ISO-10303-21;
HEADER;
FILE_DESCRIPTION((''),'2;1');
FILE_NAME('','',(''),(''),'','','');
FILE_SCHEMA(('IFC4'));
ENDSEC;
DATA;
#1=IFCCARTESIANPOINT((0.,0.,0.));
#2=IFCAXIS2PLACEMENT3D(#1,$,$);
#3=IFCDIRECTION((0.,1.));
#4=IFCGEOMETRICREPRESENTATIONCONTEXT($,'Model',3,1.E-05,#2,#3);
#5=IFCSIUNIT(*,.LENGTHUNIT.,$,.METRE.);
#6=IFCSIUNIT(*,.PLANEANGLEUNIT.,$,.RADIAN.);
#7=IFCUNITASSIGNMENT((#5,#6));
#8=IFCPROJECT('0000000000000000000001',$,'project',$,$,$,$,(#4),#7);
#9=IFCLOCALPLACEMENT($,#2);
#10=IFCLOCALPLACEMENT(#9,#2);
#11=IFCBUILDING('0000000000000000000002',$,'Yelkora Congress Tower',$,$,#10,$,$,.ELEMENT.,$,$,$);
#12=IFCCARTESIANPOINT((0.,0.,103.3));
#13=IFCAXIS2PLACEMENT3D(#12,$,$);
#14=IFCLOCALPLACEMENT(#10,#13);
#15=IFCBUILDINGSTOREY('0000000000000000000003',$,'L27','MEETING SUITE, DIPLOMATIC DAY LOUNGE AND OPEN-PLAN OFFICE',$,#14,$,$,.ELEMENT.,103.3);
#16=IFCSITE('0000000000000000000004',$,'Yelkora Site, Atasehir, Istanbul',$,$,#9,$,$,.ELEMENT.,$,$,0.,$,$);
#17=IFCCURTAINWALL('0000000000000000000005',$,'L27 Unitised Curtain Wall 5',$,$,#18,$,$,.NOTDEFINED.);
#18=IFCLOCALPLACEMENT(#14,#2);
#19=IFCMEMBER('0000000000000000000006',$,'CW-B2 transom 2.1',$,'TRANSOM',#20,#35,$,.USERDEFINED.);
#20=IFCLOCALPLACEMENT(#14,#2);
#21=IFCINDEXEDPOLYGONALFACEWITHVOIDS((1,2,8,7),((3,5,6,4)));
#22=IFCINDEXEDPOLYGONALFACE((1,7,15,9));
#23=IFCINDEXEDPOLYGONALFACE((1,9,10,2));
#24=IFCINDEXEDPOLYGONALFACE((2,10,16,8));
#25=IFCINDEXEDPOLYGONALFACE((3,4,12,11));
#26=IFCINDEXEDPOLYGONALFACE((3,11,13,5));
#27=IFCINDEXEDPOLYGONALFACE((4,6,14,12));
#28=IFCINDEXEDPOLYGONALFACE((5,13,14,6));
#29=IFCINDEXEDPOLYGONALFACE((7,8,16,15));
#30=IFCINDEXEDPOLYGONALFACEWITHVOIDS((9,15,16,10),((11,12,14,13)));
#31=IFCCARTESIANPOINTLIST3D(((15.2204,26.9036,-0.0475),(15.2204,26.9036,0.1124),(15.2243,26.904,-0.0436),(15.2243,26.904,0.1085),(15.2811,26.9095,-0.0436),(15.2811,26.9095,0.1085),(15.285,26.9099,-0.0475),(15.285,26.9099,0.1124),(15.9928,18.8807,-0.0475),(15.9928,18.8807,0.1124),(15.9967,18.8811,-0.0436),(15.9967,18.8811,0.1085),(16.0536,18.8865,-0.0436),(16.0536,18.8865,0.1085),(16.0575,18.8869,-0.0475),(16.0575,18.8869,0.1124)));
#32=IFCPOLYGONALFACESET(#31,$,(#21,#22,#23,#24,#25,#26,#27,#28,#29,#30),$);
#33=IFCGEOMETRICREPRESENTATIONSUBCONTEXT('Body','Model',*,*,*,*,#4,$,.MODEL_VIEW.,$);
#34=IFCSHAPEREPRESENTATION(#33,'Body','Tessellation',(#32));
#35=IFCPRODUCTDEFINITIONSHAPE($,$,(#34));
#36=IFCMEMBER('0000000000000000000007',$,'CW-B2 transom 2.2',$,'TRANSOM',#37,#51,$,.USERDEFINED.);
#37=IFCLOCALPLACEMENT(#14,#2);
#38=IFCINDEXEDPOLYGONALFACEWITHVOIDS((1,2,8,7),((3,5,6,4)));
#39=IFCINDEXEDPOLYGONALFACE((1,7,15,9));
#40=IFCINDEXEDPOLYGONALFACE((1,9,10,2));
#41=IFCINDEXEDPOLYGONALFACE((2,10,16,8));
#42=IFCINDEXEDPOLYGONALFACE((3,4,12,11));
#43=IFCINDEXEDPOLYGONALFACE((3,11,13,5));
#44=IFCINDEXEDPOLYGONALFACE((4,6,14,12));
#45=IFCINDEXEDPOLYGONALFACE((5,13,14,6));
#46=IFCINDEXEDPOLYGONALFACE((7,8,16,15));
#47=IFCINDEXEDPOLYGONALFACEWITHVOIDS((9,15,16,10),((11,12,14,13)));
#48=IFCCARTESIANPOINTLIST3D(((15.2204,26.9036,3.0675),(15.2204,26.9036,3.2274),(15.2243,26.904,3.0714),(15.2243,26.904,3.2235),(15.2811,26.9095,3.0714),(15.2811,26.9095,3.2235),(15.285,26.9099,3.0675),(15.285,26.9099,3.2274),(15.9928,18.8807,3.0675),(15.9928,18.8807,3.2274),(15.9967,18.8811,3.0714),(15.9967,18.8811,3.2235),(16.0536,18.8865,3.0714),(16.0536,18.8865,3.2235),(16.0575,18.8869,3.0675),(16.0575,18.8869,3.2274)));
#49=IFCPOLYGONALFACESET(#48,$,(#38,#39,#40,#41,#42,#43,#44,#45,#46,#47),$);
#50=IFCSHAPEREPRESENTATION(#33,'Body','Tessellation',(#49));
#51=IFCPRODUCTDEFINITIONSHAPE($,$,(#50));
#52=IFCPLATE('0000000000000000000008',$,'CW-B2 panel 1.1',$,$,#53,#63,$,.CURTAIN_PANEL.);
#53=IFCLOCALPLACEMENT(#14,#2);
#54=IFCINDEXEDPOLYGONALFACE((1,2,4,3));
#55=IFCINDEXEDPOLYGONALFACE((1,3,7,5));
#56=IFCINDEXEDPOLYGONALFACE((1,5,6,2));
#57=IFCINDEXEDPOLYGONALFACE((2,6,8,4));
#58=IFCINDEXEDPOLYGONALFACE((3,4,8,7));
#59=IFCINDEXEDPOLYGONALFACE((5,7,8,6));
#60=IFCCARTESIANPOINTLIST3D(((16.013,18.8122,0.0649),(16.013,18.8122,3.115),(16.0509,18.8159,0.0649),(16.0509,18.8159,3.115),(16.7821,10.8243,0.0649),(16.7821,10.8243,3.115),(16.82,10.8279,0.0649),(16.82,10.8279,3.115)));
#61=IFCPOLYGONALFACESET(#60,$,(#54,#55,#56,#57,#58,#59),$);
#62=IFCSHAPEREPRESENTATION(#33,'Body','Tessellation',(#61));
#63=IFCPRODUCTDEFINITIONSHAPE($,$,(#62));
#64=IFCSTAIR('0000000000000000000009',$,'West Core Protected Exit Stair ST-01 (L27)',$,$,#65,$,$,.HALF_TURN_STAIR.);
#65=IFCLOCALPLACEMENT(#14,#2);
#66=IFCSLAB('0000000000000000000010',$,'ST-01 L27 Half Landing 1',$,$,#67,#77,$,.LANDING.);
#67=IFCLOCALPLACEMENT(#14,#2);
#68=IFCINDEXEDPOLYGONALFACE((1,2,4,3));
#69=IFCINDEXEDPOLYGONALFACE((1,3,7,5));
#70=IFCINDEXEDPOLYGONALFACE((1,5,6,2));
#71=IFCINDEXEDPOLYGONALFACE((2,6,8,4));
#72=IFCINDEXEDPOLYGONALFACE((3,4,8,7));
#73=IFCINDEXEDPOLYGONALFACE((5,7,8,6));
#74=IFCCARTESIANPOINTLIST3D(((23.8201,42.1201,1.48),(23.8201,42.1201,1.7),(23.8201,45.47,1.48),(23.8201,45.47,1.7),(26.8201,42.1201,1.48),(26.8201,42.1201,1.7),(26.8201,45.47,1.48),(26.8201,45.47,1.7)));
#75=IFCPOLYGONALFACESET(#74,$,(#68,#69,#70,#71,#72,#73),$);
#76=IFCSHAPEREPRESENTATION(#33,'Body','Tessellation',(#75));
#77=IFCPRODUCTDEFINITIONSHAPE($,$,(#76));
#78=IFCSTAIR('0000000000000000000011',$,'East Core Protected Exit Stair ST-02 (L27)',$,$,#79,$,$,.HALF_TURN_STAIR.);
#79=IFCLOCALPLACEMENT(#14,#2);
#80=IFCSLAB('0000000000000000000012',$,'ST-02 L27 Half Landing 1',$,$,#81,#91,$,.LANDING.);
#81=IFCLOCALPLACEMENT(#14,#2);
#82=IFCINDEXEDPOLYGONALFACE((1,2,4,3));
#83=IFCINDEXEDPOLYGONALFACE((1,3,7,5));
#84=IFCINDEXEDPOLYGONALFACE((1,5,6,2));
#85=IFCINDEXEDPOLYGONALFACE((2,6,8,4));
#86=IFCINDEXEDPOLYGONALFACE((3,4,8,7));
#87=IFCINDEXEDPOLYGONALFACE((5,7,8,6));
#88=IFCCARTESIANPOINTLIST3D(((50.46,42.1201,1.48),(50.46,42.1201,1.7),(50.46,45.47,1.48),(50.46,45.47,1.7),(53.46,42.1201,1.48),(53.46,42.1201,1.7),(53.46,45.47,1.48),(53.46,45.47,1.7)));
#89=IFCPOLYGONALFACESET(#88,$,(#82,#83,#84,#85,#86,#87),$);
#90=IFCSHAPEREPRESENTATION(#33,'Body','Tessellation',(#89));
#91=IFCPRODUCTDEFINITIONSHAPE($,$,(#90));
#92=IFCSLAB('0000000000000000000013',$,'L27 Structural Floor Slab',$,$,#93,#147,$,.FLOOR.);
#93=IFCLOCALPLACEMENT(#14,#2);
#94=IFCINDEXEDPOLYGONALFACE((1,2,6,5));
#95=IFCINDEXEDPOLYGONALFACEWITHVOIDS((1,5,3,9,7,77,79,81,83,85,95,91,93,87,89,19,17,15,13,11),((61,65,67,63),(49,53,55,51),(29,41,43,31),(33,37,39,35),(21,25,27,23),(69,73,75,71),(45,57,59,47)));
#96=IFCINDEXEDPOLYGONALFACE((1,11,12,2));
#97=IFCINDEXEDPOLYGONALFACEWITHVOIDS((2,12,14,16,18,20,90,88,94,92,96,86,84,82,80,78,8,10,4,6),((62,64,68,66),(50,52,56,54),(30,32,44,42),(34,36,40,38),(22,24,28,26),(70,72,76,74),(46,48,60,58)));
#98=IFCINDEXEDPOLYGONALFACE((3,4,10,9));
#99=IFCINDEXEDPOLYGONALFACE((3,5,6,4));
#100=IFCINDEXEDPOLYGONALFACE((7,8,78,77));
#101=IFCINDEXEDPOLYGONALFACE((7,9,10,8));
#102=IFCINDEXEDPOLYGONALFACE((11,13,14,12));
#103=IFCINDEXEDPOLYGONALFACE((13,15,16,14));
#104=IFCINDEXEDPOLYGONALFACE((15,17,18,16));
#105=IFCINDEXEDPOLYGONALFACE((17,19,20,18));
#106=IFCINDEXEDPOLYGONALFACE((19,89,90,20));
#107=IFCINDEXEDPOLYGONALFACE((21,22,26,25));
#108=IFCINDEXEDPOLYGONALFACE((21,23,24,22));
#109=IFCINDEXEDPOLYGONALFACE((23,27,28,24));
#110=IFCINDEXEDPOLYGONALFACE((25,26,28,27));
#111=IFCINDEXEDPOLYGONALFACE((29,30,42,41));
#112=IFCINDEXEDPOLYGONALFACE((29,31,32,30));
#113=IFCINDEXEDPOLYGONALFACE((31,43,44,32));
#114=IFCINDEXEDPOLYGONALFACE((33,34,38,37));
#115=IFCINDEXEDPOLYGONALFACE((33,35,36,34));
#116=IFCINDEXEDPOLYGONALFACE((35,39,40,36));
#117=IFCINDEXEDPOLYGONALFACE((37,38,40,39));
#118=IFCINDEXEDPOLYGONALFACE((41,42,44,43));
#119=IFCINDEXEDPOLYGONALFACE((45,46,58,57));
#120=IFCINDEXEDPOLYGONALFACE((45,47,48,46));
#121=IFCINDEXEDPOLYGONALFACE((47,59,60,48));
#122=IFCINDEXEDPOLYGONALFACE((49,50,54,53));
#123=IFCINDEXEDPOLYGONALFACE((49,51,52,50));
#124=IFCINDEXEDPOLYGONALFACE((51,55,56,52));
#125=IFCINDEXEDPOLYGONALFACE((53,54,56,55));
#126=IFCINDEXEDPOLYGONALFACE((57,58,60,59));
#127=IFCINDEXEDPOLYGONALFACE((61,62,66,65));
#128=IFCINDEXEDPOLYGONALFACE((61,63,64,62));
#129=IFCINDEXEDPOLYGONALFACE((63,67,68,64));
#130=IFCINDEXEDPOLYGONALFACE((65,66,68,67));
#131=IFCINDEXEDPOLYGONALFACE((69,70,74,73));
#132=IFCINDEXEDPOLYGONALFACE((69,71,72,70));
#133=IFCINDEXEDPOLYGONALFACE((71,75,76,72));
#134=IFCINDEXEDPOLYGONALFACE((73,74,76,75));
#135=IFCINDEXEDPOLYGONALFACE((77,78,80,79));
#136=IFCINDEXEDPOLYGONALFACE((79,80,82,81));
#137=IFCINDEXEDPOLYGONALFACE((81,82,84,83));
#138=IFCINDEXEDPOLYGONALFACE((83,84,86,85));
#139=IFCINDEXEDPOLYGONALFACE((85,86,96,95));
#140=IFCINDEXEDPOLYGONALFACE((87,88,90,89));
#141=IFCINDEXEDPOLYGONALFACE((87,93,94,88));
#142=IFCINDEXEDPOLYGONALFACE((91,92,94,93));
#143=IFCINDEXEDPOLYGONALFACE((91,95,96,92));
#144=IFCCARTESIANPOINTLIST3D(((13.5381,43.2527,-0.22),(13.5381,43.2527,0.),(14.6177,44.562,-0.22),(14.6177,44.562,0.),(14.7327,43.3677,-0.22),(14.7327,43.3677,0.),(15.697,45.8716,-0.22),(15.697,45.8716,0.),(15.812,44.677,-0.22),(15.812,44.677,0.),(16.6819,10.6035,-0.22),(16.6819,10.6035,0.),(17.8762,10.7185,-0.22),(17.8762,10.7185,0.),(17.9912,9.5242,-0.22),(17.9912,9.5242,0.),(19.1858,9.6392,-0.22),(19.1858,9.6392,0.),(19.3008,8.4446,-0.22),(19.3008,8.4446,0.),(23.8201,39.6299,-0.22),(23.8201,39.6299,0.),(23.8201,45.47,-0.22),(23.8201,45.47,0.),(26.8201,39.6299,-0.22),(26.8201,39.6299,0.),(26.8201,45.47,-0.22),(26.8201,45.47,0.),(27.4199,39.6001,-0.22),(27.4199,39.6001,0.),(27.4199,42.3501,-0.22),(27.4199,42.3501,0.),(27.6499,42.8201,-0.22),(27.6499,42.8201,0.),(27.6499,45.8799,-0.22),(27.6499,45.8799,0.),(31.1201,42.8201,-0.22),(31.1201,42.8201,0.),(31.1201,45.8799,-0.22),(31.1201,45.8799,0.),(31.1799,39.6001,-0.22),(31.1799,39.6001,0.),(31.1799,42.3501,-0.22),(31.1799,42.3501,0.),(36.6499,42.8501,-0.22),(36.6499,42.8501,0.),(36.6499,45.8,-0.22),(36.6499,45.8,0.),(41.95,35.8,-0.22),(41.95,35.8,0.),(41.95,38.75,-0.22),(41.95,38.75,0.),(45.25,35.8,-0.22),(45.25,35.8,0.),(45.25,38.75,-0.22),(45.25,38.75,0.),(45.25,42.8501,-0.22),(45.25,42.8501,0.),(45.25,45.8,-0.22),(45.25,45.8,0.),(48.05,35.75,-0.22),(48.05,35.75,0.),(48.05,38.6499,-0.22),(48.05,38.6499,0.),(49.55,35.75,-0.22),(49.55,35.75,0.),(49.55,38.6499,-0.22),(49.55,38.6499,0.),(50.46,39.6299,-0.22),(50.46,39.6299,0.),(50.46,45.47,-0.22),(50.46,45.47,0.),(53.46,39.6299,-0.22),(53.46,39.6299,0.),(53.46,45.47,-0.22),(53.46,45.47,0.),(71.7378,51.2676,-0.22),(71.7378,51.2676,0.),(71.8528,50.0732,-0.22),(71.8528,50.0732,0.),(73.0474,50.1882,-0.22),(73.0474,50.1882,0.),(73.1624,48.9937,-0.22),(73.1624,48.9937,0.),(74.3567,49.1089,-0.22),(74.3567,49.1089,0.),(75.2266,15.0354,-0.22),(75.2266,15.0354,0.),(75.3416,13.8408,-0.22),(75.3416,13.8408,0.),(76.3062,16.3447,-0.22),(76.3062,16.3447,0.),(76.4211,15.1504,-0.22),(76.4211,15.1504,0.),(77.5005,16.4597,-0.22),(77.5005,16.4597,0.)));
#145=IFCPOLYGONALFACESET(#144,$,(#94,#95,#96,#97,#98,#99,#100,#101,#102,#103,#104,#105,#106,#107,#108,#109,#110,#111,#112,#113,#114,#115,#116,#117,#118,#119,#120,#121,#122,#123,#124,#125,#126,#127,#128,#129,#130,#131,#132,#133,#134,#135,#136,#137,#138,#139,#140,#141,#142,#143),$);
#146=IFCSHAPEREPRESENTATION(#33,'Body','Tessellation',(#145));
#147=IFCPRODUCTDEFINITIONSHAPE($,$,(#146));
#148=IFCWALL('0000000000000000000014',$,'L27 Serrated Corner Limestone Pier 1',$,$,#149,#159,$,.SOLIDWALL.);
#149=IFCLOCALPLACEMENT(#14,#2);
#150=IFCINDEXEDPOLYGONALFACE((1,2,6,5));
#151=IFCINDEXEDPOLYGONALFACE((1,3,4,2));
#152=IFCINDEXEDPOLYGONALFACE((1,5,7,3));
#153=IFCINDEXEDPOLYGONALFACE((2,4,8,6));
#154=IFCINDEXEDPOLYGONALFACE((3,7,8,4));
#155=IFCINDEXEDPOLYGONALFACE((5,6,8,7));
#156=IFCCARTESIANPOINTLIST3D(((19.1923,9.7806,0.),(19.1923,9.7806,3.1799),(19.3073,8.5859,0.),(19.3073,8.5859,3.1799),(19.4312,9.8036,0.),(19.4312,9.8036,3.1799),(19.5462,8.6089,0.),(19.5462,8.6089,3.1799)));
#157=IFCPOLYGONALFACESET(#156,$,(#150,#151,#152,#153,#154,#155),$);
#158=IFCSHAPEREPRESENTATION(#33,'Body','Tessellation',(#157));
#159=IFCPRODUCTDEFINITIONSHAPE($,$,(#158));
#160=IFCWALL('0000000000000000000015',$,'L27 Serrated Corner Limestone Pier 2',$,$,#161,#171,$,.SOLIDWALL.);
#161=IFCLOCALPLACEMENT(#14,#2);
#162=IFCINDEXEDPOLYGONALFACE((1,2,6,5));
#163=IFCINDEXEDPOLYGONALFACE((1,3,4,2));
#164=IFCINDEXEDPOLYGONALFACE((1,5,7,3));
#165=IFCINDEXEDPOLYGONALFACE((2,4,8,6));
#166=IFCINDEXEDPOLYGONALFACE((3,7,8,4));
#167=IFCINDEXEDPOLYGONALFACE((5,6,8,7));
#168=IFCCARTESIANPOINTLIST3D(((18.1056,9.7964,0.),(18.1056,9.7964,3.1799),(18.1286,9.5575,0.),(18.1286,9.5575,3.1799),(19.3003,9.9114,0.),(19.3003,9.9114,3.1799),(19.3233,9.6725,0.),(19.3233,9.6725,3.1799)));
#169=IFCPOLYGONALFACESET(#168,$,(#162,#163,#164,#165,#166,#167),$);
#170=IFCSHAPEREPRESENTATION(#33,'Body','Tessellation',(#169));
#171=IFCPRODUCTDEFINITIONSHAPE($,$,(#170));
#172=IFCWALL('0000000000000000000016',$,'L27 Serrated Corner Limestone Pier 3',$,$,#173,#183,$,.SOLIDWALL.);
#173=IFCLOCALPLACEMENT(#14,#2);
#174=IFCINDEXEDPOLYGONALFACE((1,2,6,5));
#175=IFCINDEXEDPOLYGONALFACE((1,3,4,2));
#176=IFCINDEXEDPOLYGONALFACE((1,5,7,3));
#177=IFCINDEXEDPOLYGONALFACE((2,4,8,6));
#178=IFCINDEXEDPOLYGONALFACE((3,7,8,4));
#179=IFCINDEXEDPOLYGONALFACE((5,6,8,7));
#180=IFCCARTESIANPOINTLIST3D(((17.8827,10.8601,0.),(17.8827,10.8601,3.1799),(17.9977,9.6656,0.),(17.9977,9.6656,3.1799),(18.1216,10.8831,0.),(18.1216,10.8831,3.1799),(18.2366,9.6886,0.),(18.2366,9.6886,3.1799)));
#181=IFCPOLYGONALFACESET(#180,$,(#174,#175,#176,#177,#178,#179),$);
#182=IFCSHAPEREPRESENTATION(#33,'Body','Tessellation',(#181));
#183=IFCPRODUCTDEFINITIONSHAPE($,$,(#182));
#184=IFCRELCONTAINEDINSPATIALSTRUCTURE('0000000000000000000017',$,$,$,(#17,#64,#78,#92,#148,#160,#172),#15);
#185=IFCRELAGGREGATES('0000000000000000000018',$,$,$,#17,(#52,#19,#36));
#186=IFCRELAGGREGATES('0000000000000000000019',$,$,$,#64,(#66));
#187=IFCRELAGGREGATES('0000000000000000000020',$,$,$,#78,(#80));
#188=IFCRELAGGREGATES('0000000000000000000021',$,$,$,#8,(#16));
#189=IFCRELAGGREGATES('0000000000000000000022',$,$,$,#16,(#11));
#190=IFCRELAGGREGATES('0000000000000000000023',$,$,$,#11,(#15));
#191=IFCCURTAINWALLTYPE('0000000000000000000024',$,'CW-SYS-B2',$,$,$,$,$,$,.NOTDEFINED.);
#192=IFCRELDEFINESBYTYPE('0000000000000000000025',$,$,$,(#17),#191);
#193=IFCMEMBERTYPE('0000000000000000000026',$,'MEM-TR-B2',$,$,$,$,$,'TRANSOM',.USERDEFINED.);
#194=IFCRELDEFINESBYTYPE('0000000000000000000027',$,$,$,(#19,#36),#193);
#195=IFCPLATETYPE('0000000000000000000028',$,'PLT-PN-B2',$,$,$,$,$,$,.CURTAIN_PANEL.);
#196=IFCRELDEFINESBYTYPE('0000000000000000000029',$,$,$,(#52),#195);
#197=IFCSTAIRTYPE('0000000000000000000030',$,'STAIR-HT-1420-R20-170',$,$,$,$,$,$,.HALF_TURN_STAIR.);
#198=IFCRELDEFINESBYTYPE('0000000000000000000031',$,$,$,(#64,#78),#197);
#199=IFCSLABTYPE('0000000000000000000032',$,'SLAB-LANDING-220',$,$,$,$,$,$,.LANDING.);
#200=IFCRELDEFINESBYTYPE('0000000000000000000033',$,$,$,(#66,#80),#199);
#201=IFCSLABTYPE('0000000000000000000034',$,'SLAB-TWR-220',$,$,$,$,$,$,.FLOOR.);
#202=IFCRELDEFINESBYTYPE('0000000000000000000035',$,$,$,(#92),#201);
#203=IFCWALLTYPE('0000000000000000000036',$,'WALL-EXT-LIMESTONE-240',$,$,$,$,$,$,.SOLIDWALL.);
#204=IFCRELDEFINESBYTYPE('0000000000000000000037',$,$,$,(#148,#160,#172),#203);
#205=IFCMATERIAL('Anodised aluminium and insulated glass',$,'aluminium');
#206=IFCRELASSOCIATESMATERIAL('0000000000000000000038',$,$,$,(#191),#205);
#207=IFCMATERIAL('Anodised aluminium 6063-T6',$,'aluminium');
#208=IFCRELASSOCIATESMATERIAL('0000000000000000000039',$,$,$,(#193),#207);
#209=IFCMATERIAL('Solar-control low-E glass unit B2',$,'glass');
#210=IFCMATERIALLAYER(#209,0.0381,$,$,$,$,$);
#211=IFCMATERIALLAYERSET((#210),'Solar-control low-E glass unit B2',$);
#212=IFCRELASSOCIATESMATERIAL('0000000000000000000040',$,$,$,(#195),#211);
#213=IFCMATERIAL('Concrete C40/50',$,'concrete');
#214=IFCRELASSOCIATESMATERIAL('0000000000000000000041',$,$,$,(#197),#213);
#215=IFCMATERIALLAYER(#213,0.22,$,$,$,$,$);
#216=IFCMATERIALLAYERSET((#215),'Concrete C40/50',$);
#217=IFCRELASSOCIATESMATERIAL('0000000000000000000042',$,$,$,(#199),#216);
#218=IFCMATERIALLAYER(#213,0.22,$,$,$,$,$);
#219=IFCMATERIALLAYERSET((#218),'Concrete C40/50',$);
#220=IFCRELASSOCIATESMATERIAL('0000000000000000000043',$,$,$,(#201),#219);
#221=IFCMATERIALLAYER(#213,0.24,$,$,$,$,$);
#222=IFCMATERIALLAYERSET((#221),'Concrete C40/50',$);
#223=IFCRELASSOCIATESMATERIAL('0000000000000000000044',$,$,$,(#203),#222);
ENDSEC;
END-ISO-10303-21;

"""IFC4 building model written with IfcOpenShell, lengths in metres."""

from ifc_helpers import new_model, si_unit, direction, frame, frame_2d, origin, origin_2d, place, context, subcontext, project, spatial, polyline, rectangle, hollow_rectangle, outline, extrude, material, layer, layer_set, material_profile, profile_set, type_object, element, aggregate, save


model = new_model("IFC4")

# Units and contexts
model_context = context("Model", 3, precision=1e-05, world=origin(), true_north=direction((0.0, 1.0)))
body_context = subcontext(model_context, "Body", "Model", "MODEL_VIEW")
ifc_project = project(units=[si_unit("LENGTHUNIT", "METRE"), si_unit("PLANEANGLEUNIT", "RADIAN")], contexts=[model_context])

# Site, building, storey
site_placement = place(None, origin())
site = spatial("IfcSite", under=ifc_project, at=site_placement, Name="Yelkora Site, Atasehir, Istanbul", CompositionType="ELEMENT", RefElevation=0.0)
building_placement = place(site_placement, origin())
building = spatial("IfcBuilding", under=site, at=building_placement, Name="Yelkora Congress Tower", CompositionType="ELEMENT")
storey_placement = place(building_placement, frame((0.0, 0.0, 103.3)))
storey = spatial("IfcBuildingStorey", under=building, at=storey_placement, Name="L27", Description="MEETING SUITE, DIPLOMATIC DAY LOUNGE AND OPEN-PLAN OFFICE", CompositionType="ELEMENT", Elevation=103.3)

# Curtain wall
ifc_material_1 = material(Name="Anodised aluminium and insulated glass", Category="aluminium")
curtain_wall_type = type_object("IfcCurtainWallType", Name="CW-SYS-B2", PredefinedType="NOTDEFINED", material=ifc_material_1)
curtain_wall_1_placement = place(storey_placement, origin())
curtain_wall_1 = element("IfcCurtainWall", 1, at=curtain_wall_1_placement, inside=storey, type_object=curtain_wall_type, Name="L27 Unitised Curtain Wall 5", PredefinedType="NOTDEFINED")
ifc_material_2 = material(Name="Anodised aluminium 6063-T6", Category="aluminium")

# Members
ifc_material_profile_1 = material_profile(ifc_material_2, hollow_rectangle(XDim=0.0649, YDim=0.1599, WallThickness=0.0039, at=origin_2d()), Name="ALU 65x160x4")
ifc_profile_set_1 = profile_set([ifc_material_profile_1], Name="Anodised aluminium 6063-T6")
member_type_1 = type_object("IfcMemberType", Name="MEM-TR-B2", ElementType="TRANSOM", PredefinedType="USERDEFINED", material=ifc_profile_set_1)
member_1_placement = place(storey_placement, frame((16.0251, 18.8838, 0.0325), z_axis=(-0.095838, 0.995397, 0.0), x_axis=(-0.995397, -0.095838, 0.0)))
member_1 = element("IfcMember", 2, at=member_1_placement, type_object=member_type_1, Name="CW-B2 transom 2.1", ObjectType="TRANSOM", PredefinedType="USERDEFINED", context=body_context, shape_type="SweptSolid", body=[
    extrude(hollow_rectangle(XDim=0.0649, YDim=0.1599, WallThickness=0.0039, at=origin_2d()), origin(), (0.0, 0.0, 1.0), 8.0601),
])
member_2_placement = place(storey_placement, frame((16.0251, 18.8838, 3.1475), z_axis=(-0.095838, 0.995397, 0.0), x_axis=(-0.995397, -0.095838, 0.0)))
member_2 = element("IfcMember", 3, at=member_2_placement, type_object=member_type_1, Name="CW-B2 transom 2.2", ObjectType="TRANSOM", PredefinedType="USERDEFINED", context=body_context, shape_type="SweptSolid", body=[
    extrude(hollow_rectangle(XDim=0.0649, YDim=0.1599, WallThickness=0.0039, at=origin_2d()), origin(), (0.0, 0.0, 1.0), 8.0601),
])

# Plate
ifc_material_3 = material(Name="Solar-control low-E glass unit B2", Category="glass")
ifc_layer_1 = layer(ifc_material_3, 0.0381)
ifc_layer_set_1 = layer_set([ifc_layer_1], Name="Solar-control low-E glass unit B2")
plate_type = type_object("IfcPlateType", Name="PLT-PN-B2", PredefinedType="CURTAIN_PANEL", material=ifc_layer_set_1)
plate_placement = place(storey_placement, frame((16.4165, 14.8201, 0.0649), z_axis=(0.0, 0.0, 1.0), x_axis=(-0.095843, 0.995397, 0.0)))
plate = element("IfcPlate", 4, at=plate_placement, type_object=plate_type, Name="CW-B2 panel 1.1", PredefinedType="CURTAIN_PANEL", context=body_context, shape_type="SweptSolid", body=[
    extrude(rectangle(XDim=8.0249, YDim=0.0381, at=origin_2d()), origin(), (0.0, 0.0, 1.0), 3.05),
])
aggregate(curtain_wall_1, [plate, member_1, member_2])

# Stairs, slabs
ifc_material_4 = material(Name="Concrete C40/50", Category="concrete")
stair_type = type_object("IfcStairType", Name="STAIR-HT-1420-R20-170", PredefinedType="HALF_TURN_STAIR", material=ifc_material_4)
stair_1_placement = place(storey_placement, origin())
stair_1 = element("IfcStair", 5, at=stair_1_placement, inside=storey, type_object=stair_type, Name="West Core Protected Exit Stair ST-01 (L27)", PredefinedType="HALF_TURN_STAIR")
ifc_layer_2 = layer(ifc_material_4, 0.22)
ifc_layer_set_2 = layer_set([ifc_layer_2], Name="Concrete C40/50")
slab_type_1 = type_object("IfcSlabType", Name="SLAB-LANDING-220", PredefinedType="LANDING", material=ifc_layer_set_2)
slab_1_placement = place(storey_placement, frame((0.0, 0.0, 1.48)))
slab_1 = element("IfcSlab", 6, at=slab_1_placement, type_object=slab_type_1, Name="ST-01 L27 Half Landing 1", PredefinedType="LANDING", context=body_context, shape_type="SweptSolid", body=[
    extrude(outline(polyline([(26.8201, 42.1201), (26.8201, 45.47), (23.8201, 45.47), (23.8201, 42.1201), (26.8201, 42.1201)])), origin(), (0.0, 0.0, 1.0), 0.22),
])
aggregate(stair_1, [slab_1])
stair_2_placement = place(storey_placement, origin())
stair_2 = element("IfcStair", 7, at=stair_2_placement, inside=storey, type_object=stair_type, Name="East Core Protected Exit Stair ST-02 (L27)", PredefinedType="HALF_TURN_STAIR")
slab_2_placement = place(storey_placement, frame((0.0, 0.0, 1.48)))
slab_2 = element("IfcSlab", 8, at=slab_2_placement, type_object=slab_type_1, Name="ST-02 L27 Half Landing 1", PredefinedType="LANDING", context=body_context, shape_type="SweptSolid", body=[
    extrude(outline(polyline([(53.46, 42.1201), (53.46, 45.47), (50.46, 45.47), (50.46, 42.1201), (53.46, 42.1201)])), origin(), (0.0, 0.0, 1.0), 0.22),
])
aggregate(stair_2, [slab_2])

# Slab
ifc_layer_3 = layer(ifc_material_4, 0.22)
ifc_layer_set_3 = layer_set([ifc_layer_3], Name="Concrete C40/50")
slab_type_2 = type_object("IfcSlabType", Name="SLAB-TWR-220", PredefinedType="FLOOR", material=ifc_layer_set_3)
slab_3_placement = place(storey_placement, frame((0.0, 0.0, -0.22)))
element("IfcSlab", 9, at=slab_3_placement, inside=storey, type_object=slab_type_2, Name="L27 Structural Floor Slab", PredefinedType="FLOOR", context=body_context, shape_type="SweptSolid", body=[
    extrude(outline(polyline([(19.3008, 8.4446), (75.3416, 13.8408), (75.2266, 15.0354), (76.4211, 15.1504), (76.3062, 16.3447), (77.5005, 16.4597), (74.3567, 49.1089), (73.1624, 48.9937), (73.0474, 50.1882), (71.8528, 50.0732), (71.7378, 51.2676), (15.697, 45.8716), (15.812, 44.677), (14.6177, 44.562), (14.7327, 43.3677), (13.5381, 43.2527), (16.6819, 10.6035), (17.8762, 10.7185), (17.9912, 9.5242), (19.1858, 9.6392), (19.3008, 8.4446)]), holes=[polyline([(23.8201, 39.6299), (26.8201, 39.6299), (26.8201, 45.47), (23.8201, 45.47), (23.8201, 39.6299)]), polyline([(50.46, 39.6299), (53.46, 39.6299), (53.46, 45.47), (50.46, 45.47), (50.46, 39.6299)]), polyline([(48.05, 35.75), (49.55, 35.75), (49.55, 38.6499), (48.05, 38.6499), (48.05, 35.75)]), polyline([(36.6499, 42.8501), (45.25, 42.8501), (45.25, 45.8), (36.6499, 45.8), (36.6499, 42.8501)]), polyline([(41.95, 35.8), (45.25, 35.8), (45.25, 38.75), (41.95, 38.75), (41.95, 35.8)]), polyline([(27.4199, 39.6001), (31.1799, 39.6001), (31.1799, 42.3501), (27.4199, 42.3501), (27.4199, 39.6001)]), polyline([(27.6499, 42.8201), (31.1201, 42.8201), (31.1201, 45.8799), (27.6499, 45.8799), (27.6499, 42.8201)])]), origin(), (0.0, 0.0, 1.0), 0.22),
])

# Walls
ifc_layer_4 = layer(ifc_material_4, 0.24)
ifc_layer_set_4 = layer_set([ifc_layer_4], Name="Concrete C40/50")
wall_type = type_object("IfcWallType", Name="WALL-EXT-LIMESTONE-240", PredefinedType="SOLIDWALL", material=ifc_layer_set_4)
for number, where, z_axis, x_axis, name in (
    (10, (19.4268, 8.5974, 0.0), (0.0, 0.0, 1.0), (-0.095817, 0.995399, 0.0), "L27 Serrated Corner Limestone Pier 1"),
    (11, (19.3118, 9.792, 0.0), (0.0, 0.0, 1.0), (-0.995399, -0.095817, 0.0), "L27 Serrated Corner Limestone Pier 2"),
):
    element("IfcWall", number, at=place(storey_placement, frame(where, z_axis=z_axis, x_axis=x_axis)), inside=storey, type_object=wall_type, Name=name, PredefinedType="SOLIDWALL", context=body_context, shape_type="SweptSolid", body=[
        extrude(rectangle(XDim=1.2002, YDim=0.24, at=frame_2d((0.6001, 0.0))), origin(), (0.0, 0.0, 1.0), 3.1799),
    ])
wall_1_placement = place(storey_placement, frame((18.1172, 9.677, 0.0), z_axis=(0.0, 0.0, 1.0), x_axis=(-0.095836, 0.995397, 0.0)))
element("IfcWall", 12, at=wall_1_placement, inside=storey, type_object=wall_type, Name="L27 Serrated Corner Limestone Pier 3", PredefinedType="SOLIDWALL", context=body_context, shape_type="SweptSolid", body=[
    extrude(rectangle(XDim=1.2, YDim=0.24, at=frame_2d((0.6001, 0.0))), origin(), (0.0, 0.0, 1.0), 3.1799),
])

save(model, "model.ifc")
